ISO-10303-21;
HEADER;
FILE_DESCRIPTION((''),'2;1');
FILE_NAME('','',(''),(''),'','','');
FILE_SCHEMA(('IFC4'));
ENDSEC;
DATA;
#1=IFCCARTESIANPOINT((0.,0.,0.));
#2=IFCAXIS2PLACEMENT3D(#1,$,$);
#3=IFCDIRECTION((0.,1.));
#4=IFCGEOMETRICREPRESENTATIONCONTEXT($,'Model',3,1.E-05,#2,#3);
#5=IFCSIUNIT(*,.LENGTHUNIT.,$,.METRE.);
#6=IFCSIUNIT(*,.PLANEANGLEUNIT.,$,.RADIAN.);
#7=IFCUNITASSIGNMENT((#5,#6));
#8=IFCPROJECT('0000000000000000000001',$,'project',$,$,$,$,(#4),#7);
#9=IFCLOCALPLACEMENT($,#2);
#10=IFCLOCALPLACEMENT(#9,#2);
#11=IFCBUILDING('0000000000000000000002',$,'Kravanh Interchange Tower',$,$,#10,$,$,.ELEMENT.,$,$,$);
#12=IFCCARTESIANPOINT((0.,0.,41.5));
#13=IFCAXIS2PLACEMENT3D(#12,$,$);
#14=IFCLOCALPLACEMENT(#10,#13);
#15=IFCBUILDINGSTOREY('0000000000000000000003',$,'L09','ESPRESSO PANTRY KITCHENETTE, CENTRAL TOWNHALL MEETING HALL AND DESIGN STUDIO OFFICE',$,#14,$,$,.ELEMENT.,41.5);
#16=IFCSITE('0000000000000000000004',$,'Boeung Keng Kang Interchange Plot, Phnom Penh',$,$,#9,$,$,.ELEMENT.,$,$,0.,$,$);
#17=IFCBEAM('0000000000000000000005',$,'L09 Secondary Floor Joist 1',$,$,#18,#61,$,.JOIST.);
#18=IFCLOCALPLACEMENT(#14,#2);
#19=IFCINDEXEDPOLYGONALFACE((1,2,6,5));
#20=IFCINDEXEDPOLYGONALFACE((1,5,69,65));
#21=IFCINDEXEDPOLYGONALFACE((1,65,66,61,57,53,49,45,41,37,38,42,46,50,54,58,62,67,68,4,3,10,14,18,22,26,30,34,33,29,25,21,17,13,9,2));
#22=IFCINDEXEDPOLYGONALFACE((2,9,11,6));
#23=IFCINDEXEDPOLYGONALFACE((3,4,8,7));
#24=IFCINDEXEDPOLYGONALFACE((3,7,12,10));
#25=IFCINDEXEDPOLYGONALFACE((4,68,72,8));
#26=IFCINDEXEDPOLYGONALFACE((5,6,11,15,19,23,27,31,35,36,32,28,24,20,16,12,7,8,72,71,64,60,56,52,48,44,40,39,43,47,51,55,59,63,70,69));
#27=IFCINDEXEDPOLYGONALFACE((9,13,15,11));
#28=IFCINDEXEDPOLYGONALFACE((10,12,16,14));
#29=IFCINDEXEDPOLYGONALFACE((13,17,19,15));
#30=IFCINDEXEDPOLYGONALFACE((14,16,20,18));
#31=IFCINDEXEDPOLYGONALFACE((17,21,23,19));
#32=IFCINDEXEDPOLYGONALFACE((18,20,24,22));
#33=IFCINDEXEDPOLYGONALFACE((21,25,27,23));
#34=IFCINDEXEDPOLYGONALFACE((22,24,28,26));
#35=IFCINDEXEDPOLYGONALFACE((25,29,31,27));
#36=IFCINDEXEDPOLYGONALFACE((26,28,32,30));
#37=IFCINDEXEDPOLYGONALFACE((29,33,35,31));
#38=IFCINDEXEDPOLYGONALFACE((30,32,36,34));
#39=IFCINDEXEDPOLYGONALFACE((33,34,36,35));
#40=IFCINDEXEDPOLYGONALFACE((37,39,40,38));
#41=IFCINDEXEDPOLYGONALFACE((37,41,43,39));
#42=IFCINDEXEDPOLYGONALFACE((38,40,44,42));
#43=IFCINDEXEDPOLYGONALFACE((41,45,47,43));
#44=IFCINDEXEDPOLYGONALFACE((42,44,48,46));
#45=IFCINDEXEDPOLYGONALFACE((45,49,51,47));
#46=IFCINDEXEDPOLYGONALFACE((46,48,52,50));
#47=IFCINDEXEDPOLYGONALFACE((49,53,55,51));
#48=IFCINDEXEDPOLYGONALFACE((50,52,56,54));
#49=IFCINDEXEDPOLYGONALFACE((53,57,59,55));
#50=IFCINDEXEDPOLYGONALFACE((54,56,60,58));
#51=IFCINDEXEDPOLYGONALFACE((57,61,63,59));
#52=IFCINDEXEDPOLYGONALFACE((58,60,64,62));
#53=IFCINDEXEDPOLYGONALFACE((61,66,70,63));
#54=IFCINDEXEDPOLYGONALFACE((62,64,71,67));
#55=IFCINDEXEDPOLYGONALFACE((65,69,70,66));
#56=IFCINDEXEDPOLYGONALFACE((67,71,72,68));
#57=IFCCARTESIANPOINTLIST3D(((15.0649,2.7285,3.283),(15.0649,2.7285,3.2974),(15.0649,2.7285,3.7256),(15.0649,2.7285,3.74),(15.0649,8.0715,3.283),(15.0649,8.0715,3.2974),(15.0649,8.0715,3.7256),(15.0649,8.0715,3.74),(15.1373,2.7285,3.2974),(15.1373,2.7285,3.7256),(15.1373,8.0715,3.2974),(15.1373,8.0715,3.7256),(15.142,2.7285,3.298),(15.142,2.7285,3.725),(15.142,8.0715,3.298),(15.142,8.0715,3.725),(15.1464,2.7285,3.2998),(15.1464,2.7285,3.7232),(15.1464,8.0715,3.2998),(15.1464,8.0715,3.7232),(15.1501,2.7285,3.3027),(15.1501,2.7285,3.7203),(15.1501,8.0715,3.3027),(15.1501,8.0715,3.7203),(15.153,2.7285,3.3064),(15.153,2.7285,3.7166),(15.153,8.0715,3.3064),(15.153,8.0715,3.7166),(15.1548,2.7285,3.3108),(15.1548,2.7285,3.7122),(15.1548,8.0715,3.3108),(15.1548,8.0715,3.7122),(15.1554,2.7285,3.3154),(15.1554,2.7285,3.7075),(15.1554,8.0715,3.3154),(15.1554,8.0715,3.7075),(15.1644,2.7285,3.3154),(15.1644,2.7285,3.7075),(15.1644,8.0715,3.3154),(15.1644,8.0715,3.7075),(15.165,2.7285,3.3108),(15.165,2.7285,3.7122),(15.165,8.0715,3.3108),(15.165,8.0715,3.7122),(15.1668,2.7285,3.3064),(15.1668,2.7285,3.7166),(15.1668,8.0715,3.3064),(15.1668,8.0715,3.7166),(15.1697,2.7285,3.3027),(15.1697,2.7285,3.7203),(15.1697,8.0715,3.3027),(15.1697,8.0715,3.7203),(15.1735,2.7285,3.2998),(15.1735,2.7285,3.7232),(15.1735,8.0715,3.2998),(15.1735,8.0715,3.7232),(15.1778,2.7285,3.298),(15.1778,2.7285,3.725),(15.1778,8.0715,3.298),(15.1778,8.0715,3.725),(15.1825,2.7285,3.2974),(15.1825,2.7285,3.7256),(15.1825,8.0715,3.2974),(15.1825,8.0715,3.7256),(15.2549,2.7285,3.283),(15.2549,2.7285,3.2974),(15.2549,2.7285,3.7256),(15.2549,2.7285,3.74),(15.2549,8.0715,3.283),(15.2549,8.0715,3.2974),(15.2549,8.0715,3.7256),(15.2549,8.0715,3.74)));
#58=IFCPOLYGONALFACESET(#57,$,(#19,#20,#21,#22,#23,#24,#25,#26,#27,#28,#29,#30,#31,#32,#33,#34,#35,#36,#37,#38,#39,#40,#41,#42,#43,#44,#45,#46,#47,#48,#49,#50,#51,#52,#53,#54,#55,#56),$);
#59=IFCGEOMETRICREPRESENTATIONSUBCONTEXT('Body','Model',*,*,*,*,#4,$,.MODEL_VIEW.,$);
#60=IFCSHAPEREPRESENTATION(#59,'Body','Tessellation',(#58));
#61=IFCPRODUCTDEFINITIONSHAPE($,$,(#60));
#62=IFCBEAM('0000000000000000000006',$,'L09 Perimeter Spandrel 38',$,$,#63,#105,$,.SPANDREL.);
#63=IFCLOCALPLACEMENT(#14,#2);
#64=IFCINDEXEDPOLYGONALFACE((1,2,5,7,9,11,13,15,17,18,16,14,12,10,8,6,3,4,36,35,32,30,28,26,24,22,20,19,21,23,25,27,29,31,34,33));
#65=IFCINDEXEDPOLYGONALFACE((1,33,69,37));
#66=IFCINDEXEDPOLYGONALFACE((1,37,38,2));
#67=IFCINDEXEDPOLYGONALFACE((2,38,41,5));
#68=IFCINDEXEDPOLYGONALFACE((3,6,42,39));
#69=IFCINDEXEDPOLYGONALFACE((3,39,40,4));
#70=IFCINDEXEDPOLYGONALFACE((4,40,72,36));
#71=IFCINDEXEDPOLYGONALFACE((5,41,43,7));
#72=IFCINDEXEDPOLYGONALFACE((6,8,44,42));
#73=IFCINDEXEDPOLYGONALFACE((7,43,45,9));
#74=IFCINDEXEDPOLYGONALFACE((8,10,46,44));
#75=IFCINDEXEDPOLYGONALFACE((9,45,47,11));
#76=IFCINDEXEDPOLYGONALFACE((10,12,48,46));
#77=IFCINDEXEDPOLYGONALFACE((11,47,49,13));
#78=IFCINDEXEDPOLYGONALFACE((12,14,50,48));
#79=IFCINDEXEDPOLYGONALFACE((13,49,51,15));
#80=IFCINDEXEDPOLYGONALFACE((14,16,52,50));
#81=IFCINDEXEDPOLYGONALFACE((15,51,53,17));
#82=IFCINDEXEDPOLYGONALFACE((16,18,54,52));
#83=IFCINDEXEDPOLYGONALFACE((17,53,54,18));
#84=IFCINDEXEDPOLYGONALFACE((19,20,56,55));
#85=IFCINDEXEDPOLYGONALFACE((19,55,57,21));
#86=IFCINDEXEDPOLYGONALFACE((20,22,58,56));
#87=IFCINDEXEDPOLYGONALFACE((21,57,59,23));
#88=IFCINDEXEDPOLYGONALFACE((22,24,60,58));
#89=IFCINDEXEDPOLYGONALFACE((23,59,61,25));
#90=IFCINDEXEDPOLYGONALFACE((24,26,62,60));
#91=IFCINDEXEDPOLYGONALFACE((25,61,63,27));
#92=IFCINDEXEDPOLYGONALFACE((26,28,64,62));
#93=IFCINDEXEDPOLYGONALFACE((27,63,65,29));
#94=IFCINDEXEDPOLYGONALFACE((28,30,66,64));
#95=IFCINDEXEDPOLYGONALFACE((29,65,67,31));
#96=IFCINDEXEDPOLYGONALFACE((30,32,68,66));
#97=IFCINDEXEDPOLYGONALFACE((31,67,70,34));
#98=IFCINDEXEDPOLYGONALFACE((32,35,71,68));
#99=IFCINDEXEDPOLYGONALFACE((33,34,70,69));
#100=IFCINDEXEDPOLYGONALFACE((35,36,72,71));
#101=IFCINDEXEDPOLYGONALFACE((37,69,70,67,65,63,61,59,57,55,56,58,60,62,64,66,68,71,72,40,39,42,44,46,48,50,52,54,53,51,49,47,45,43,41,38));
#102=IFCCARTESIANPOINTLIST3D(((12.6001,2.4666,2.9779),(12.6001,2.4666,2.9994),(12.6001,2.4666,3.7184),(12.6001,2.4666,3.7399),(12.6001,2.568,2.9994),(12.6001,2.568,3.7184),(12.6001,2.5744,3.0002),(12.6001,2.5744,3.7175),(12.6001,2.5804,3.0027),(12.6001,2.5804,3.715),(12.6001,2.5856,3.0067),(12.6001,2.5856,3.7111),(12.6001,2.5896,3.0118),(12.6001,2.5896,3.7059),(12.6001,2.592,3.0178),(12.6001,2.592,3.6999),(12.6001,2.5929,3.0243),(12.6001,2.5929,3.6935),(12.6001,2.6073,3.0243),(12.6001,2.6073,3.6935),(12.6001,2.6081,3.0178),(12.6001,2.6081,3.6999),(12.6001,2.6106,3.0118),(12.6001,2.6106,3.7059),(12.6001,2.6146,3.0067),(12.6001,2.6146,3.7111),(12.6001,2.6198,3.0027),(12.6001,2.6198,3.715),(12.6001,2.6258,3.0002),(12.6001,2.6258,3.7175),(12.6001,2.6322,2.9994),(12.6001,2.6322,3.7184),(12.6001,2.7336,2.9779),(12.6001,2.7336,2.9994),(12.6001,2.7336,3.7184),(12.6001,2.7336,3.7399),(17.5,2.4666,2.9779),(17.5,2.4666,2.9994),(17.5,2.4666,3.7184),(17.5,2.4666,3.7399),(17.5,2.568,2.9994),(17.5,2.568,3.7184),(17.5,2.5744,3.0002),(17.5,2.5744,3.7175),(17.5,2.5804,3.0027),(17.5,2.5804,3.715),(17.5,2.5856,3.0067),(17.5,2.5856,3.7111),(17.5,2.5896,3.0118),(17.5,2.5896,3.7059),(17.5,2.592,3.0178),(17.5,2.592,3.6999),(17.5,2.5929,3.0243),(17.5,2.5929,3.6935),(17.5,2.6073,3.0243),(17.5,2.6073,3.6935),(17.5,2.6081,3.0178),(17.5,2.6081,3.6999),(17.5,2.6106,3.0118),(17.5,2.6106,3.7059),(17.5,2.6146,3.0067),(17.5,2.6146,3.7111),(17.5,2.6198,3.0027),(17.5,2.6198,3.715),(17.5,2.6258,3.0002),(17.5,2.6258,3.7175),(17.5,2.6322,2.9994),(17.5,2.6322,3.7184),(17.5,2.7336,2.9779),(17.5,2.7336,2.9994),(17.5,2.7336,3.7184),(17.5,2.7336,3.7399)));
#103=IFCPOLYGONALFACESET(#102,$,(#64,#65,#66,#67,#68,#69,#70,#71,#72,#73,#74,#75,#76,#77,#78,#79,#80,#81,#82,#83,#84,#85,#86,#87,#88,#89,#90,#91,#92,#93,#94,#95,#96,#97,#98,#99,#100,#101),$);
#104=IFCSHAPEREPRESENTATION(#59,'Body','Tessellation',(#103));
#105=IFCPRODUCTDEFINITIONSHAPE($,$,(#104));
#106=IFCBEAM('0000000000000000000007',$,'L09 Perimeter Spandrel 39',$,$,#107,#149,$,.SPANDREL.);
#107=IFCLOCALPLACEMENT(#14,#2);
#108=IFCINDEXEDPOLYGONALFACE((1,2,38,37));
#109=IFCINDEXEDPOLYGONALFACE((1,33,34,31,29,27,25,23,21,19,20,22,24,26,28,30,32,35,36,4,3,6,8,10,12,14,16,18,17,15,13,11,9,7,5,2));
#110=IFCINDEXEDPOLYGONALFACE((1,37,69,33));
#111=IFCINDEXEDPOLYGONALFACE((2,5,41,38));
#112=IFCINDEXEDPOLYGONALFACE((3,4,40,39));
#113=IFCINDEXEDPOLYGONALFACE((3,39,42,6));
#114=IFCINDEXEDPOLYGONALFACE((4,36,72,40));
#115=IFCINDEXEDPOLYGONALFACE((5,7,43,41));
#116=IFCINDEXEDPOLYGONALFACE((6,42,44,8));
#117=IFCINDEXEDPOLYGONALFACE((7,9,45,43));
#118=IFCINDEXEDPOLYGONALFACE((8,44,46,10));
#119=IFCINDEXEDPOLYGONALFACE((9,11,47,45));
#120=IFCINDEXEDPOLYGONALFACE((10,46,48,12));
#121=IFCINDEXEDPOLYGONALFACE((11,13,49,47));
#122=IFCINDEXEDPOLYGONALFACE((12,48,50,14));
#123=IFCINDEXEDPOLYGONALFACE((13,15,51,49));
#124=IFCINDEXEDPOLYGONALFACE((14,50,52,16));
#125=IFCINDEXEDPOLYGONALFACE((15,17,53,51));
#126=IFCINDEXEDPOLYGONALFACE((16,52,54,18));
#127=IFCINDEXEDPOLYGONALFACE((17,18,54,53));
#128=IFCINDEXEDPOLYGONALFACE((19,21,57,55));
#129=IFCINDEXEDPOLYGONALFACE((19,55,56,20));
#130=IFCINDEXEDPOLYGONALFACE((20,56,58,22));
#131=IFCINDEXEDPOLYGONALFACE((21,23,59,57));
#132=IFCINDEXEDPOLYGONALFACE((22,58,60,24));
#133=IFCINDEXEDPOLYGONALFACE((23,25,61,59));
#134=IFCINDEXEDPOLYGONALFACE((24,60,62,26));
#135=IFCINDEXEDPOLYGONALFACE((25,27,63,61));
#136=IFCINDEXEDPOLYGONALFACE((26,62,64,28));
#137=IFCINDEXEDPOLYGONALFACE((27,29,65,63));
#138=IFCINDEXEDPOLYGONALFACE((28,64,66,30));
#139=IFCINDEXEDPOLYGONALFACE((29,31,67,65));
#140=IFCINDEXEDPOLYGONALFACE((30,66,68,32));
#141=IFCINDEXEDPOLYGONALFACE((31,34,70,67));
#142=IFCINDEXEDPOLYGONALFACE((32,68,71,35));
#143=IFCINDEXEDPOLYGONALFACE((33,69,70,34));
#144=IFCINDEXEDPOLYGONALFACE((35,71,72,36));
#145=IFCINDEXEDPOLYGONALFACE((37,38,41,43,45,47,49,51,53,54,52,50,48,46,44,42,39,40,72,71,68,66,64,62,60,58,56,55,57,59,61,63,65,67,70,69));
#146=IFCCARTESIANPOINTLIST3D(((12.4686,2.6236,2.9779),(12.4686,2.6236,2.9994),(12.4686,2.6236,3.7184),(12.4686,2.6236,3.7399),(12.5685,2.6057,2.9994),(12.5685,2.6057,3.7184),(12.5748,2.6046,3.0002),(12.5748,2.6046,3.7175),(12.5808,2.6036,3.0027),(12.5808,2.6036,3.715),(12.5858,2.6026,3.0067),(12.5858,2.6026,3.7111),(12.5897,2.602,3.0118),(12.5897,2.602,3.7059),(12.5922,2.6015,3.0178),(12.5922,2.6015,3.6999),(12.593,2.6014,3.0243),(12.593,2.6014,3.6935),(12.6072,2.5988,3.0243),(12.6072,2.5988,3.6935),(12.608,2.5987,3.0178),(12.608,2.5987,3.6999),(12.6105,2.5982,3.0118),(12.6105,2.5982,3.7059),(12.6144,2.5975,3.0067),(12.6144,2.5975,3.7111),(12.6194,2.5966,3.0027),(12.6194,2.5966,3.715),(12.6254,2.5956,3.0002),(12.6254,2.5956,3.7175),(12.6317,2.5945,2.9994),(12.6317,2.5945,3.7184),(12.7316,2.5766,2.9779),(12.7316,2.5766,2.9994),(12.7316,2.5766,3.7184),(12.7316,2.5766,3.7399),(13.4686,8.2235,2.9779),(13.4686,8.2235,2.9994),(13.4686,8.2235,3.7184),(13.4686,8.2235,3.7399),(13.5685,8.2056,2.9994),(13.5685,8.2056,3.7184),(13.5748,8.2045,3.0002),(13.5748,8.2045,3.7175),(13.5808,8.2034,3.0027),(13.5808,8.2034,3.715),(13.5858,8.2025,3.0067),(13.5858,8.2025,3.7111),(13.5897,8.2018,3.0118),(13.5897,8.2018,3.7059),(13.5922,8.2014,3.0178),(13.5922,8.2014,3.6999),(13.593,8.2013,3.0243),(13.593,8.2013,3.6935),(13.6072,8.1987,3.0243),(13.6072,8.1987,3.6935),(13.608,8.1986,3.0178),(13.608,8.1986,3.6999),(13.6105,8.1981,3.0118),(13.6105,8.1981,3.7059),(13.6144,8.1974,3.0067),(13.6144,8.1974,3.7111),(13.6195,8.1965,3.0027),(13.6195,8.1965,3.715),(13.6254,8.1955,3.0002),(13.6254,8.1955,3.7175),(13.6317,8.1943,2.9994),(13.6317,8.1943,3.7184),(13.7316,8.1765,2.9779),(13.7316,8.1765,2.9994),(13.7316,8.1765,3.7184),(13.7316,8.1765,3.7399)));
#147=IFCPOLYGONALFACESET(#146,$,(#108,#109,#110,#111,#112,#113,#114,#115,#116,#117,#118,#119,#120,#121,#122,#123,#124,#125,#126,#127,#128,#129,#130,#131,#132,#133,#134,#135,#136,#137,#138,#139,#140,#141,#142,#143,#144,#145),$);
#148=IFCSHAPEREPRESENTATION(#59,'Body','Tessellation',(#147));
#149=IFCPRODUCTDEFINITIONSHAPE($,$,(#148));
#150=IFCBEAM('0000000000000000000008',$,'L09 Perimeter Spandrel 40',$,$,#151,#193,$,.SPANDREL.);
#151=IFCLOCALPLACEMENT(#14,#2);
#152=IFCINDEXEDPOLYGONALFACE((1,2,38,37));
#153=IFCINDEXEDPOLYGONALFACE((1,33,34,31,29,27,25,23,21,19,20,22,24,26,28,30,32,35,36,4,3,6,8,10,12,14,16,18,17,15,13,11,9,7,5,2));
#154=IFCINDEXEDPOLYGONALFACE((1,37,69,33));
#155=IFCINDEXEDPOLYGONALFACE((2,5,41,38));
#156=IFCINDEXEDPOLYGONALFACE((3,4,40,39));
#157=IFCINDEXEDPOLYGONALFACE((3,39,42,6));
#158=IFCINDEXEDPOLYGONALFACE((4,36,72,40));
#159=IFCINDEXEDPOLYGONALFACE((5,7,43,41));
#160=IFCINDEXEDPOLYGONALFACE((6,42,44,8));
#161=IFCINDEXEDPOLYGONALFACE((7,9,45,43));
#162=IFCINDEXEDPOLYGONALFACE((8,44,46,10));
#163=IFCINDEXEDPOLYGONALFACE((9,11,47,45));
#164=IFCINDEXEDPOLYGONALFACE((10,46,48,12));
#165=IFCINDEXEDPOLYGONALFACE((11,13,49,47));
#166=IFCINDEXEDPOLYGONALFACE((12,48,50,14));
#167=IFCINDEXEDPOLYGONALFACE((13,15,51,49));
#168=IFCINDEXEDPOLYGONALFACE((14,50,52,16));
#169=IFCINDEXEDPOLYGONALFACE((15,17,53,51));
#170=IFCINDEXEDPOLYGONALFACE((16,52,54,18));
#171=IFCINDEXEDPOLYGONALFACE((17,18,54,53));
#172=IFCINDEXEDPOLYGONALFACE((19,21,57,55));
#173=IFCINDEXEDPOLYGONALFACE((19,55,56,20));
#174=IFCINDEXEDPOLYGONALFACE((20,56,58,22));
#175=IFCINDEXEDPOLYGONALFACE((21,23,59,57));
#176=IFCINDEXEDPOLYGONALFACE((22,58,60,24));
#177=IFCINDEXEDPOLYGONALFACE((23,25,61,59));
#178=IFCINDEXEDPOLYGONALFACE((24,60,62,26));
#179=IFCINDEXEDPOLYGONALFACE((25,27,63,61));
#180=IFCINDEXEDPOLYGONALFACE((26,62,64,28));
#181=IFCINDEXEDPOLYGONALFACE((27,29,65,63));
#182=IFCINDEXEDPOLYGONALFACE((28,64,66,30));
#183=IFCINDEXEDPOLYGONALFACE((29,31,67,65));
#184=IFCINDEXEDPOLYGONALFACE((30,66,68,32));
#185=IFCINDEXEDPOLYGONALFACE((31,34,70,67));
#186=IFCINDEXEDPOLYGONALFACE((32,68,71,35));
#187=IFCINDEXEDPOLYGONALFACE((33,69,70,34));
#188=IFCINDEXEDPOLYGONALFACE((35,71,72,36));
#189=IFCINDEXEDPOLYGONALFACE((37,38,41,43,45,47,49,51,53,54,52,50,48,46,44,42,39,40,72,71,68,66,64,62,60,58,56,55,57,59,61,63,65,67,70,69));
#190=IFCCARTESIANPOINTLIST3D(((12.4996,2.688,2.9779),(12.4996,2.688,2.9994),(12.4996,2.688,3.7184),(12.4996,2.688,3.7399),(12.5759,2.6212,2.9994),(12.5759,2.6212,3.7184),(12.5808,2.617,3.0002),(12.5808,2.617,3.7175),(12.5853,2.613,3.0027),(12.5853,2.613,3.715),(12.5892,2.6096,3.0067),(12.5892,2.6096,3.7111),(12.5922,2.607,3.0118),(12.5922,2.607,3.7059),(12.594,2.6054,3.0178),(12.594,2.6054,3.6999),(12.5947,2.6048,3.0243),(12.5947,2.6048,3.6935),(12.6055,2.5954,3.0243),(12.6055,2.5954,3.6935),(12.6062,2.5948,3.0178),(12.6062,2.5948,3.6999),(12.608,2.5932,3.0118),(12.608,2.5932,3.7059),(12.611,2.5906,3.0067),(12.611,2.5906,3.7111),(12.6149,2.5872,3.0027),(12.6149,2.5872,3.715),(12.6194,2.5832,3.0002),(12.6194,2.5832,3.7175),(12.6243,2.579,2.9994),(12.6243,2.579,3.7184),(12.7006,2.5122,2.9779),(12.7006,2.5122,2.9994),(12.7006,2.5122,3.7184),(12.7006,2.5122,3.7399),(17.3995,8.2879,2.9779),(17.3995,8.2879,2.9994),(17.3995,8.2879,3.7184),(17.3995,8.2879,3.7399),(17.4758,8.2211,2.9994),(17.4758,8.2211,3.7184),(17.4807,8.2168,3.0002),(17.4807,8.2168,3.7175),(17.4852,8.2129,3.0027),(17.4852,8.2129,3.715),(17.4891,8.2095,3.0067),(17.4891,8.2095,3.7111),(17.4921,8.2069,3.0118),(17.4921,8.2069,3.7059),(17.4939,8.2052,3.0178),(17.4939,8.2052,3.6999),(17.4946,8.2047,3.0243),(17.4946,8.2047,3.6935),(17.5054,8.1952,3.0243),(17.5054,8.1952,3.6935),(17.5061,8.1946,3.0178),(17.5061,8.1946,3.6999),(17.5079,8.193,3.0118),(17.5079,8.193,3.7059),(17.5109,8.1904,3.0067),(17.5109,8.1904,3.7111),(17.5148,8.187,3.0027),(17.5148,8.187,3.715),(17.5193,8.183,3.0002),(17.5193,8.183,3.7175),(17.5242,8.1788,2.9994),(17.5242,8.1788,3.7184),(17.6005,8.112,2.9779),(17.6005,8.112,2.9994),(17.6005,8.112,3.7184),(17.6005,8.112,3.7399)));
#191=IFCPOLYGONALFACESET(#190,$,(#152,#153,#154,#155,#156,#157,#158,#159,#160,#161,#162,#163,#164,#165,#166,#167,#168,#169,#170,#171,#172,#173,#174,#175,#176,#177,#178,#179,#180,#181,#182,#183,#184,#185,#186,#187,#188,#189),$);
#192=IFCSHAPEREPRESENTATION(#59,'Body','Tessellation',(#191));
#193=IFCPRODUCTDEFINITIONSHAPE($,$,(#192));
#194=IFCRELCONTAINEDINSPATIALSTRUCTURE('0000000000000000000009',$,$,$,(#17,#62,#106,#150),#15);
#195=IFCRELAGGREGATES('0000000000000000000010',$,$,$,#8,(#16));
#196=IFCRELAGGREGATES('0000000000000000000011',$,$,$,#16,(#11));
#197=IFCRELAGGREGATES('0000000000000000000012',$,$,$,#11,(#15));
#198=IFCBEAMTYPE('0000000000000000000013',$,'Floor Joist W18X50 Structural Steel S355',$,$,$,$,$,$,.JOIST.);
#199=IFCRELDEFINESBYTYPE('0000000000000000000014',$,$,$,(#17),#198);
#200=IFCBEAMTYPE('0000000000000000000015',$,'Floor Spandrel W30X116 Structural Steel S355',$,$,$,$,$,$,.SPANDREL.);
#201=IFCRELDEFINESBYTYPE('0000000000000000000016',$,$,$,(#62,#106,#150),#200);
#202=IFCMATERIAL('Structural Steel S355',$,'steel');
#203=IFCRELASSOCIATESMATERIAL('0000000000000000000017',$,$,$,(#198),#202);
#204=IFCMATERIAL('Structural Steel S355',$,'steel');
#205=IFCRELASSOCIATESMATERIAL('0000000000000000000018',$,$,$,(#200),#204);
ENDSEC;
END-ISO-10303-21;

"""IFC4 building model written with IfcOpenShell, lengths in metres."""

from ifc_helpers import new_model, si_unit, direction, frame, origin, origin_2d, place, context, subcontext, project, spatial, i_section, extrude, material, material_profile, profile_set, type_object, element, save


model = new_model("IFC4")

# Units and contexts
model_context = context("Model", 3, precision=1e-05, world=origin(), true_north=direction((0.0, 1.0)))
body_context = subcontext(model_context, "Body", "Model", "MODEL_VIEW")
ifc_project = project(units=[si_unit("LENGTHUNIT", "METRE"), si_unit("PLANEANGLEUNIT", "RADIAN")], contexts=[model_context])

# Site, building, storey
site_placement = place(None, origin())
site = spatial("IfcSite", under=ifc_project, at=site_placement, Name="Boeung Keng Kang Interchange Plot, Phnom Penh", CompositionType="ELEMENT", RefElevation=0.0)
building_placement = place(site_placement, origin())
building = spatial("IfcBuilding", under=site, at=building_placement, Name="Kravanh Interchange Tower", CompositionType="ELEMENT")
storey_placement = place(building_placement, frame((0.0, 0.0, 41.5)))
storey = spatial("IfcBuildingStorey", under=building, at=storey_placement, Name="L09", Description="ESPRESSO PANTRY KITCHENETTE, CENTRAL TOWNHALL MEETING HALL AND DESIGN STUDIO OFFICE", CompositionType="ELEMENT", Elevation=41.5)

# Beams
ifc_material_1 = material(Name="Structural Steel S355", Category="steel")
ifc_material_profile_1 = material_profile(ifc_material_1, i_section(OverallWidth=0.1899, OverallDepth=0.457, WebThickness=0.009, FlangeThickness=0.0144, FilletRadius=0.0181, at=origin_2d()), Name="W18X50")
ifc_profile_set_1 = profile_set([ifc_material_profile_1], Name="Structural Steel S355")
beam_type_1 = type_object("IfcBeamType", Name="Floor Joist W18X50 Structural Steel S355", PredefinedType="JOIST", material=ifc_profile_set_1)
beam_1_placement = place(storey_placement, frame((15.1599, 2.7285, 3.5115), z_axis=(0.0, 1.0, 0.0), x_axis=(-1.0, 0.0, 0.0)))
element("IfcBeam", 1, at=beam_1_placement, inside=storey, type_object=beam_type_1, Name="L09 Secondary Floor Joist 1", PredefinedType="JOIST", context=body_context, shape_type="SweptSolid", body=[
    extrude(i_section(OverallWidth=0.1899, OverallDepth=0.457, WebThickness=0.009, FlangeThickness=0.0144, FilletRadius=0.0181, at=origin_2d()), origin(), (0.0, 0.0, 1.0), 5.343),
])
ifc_material_2 = material(Name="Structural Steel S355", Category="steel")
ifc_material_profile_2 = material_profile(ifc_material_2, i_section(OverallWidth=0.2671, OverallDepth=0.762, WebThickness=0.0144, FlangeThickness=0.0215, FilletRadius=0.0249, at=origin_2d()), Name="W30X116")
ifc_profile_set_2 = profile_set([ifc_material_profile_2], Name="Structural Steel S355")
beam_type_2 = type_object("IfcBeamType", Name="Floor Spandrel W30X116 Structural Steel S355", PredefinedType="SPANDREL", material=ifc_profile_set_2)
beam_2_placement = place(storey_placement, frame((12.6001, 2.6001, 3.3589), z_axis=(1.0, 0.0, 0.0), x_axis=(0.0, 1.0, 0.0)))
element("IfcBeam", 2, at=beam_2_placement, inside=storey, type_object=beam_type_2, Name="L09 Perimeter Spandrel 38", PredefinedType="SPANDREL", context=body_context, shape_type="SweptSolid", body=[
    extrude(i_section(OverallWidth=0.2671, OverallDepth=0.762, WebThickness=0.0144, FlangeThickness=0.0215, FilletRadius=0.0249, at=origin_2d()), origin(), (0.0, 0.0, 1.0), 4.8999),
])
beam_3_placement = place(storey_placement, frame((12.6001, 2.6001, 3.3589), z_axis=(0.175795, 0.984427, 0.0), x_axis=(-0.984427, 0.175795, 0.0)))
element("IfcBeam", 3, at=beam_3_placement, inside=storey, type_object=beam_type_2, Name="L09 Perimeter Spandrel 39", PredefinedType="SPANDREL", context=body_context, shape_type="SweptSolid", body=[
    extrude(i_section(OverallWidth=0.2671, OverallDepth=0.762, WebThickness=0.0144, FlangeThickness=0.0215, FilletRadius=0.0249, at=origin_2d()), origin(), (0.0, 0.0, 1.0), 5.6885),
])
beam_4_placement = place(storey_placement, frame((12.6001, 2.6001, 3.3589), z_axis=(0.658507, 0.752575, 0.0), x_axis=(-0.752575, 0.658507, 0.0)))
element("IfcBeam", 4, at=beam_4_placement, inside=storey, type_object=beam_type_2, Name="L09 Perimeter Spandrel 40", PredefinedType="SPANDREL", context=body_context, shape_type="SweptSolid", body=[
    extrude(i_section(OverallWidth=0.2671, OverallDepth=0.762, WebThickness=0.0144, FlangeThickness=0.0215, FilletRadius=0.0249, at=origin_2d()), origin(), (0.0, 0.0, 1.0), 7.4409),
])

save(model, "model.ifc")
